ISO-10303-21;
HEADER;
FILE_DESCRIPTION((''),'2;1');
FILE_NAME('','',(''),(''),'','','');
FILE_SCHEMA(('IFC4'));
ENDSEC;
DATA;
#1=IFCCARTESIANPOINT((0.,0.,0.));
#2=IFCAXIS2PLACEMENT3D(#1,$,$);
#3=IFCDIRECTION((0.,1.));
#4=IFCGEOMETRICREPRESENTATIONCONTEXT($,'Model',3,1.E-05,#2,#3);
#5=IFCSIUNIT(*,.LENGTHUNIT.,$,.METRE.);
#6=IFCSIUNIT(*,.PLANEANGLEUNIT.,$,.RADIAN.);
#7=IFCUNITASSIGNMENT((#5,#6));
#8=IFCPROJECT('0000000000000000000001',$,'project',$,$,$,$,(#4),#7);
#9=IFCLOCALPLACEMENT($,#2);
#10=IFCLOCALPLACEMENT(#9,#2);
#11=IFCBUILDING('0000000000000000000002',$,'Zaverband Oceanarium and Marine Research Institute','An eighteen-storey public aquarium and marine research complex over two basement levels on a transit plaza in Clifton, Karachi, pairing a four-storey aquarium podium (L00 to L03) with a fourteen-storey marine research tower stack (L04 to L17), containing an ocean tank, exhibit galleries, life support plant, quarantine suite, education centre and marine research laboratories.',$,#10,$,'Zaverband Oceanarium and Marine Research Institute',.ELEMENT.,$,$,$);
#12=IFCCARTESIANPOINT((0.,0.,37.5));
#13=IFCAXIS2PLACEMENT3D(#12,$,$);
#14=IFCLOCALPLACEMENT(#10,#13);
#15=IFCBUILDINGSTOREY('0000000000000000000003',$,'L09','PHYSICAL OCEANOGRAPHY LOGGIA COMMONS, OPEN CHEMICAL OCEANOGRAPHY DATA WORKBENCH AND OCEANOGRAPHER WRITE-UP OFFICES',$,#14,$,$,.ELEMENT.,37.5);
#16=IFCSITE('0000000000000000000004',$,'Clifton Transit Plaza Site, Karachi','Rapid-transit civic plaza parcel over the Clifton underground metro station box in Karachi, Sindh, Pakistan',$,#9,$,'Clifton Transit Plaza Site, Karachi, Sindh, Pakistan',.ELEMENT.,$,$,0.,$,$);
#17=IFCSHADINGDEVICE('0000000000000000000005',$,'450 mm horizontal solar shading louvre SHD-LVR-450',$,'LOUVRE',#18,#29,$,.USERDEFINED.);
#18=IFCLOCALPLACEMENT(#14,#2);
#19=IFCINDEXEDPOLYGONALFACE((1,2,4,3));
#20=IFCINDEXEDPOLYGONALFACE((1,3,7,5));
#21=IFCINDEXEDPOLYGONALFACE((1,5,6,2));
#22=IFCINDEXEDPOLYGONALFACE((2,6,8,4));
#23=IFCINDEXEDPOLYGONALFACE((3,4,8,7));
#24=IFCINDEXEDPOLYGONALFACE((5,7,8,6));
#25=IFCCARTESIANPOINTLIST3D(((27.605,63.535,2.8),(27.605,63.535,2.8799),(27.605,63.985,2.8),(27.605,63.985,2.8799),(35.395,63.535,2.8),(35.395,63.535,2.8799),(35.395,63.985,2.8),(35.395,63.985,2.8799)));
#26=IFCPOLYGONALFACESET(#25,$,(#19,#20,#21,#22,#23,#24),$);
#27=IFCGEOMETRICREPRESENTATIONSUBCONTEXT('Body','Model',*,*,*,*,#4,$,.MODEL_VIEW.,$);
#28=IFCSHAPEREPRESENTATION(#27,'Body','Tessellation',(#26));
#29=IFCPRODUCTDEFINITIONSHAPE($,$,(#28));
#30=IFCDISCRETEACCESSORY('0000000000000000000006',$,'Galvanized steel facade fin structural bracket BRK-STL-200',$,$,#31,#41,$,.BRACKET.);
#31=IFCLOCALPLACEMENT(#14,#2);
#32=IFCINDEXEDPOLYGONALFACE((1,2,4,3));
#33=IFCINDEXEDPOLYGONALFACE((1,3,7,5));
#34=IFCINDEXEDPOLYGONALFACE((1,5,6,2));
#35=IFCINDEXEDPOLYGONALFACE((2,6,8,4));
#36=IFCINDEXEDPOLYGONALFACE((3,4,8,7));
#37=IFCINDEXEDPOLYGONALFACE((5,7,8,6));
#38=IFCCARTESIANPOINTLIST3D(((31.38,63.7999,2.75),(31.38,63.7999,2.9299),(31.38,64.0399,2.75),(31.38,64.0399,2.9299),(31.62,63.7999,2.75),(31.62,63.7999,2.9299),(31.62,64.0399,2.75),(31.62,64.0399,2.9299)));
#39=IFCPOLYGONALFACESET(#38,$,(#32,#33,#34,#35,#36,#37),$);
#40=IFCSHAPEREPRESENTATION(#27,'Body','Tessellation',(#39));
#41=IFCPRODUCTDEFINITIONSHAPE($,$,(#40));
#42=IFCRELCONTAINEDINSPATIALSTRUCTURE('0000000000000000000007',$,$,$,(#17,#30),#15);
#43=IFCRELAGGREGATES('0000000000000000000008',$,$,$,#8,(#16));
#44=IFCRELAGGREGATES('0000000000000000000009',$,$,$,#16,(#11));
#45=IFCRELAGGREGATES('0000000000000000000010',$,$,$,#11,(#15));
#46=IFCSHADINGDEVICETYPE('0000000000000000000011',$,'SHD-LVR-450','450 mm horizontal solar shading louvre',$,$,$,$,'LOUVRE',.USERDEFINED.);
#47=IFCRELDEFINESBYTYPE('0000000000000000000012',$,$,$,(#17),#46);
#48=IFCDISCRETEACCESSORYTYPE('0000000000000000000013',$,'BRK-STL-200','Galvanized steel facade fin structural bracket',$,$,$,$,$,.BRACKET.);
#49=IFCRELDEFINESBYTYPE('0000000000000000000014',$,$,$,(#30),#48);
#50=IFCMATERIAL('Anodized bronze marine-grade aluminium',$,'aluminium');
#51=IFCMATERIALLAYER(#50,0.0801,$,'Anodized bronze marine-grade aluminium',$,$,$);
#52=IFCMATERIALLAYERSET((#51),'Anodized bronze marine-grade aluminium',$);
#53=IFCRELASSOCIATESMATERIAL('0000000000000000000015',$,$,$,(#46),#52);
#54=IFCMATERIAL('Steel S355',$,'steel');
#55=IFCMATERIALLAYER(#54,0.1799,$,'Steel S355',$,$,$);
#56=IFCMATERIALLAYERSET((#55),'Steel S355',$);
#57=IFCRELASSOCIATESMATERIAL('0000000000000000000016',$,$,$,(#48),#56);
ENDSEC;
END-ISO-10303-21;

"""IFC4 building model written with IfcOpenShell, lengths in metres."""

from ifc_helpers import new_model, si_unit, direction, frame, frame_2d, origin, origin_2d, place, context, subcontext, project, spatial, rectangle, extrude, material, layer, layer_set, type_object, element, save


model = new_model("IFC4")

# Units and contexts
model_context = context("Model", 3, precision=1e-05, world=origin(), true_north=direction((0.0, 1.0)))
body_context = subcontext(model_context, "Body", "Model", "MODEL_VIEW")
ifc_project = project(units=[si_unit("LENGTHUNIT", "METRE"), si_unit("PLANEANGLEUNIT", "RADIAN")], contexts=[model_context])

# Site, building, storey
site_placement = place(None, origin())
site = spatial("IfcSite", under=ifc_project, at=site_placement, Name="Clifton Transit Plaza Site, Karachi", Description="Rapid-transit civic plaza parcel over the Clifton underground metro station box in Karachi, Sindh, Pakistan", LongName="Clifton Transit Plaza Site, Karachi, Sindh, Pakistan", CompositionType="ELEMENT", RefElevation=0.0)
building_placement = place(site_placement, origin())
building = spatial("IfcBuilding", under=site, at=building_placement, Name="Zaverband Oceanarium and Marine Research Institute", Description="An eighteen-storey public aquarium and marine research complex over two basement levels on a transit plaza in Clifton, Karachi, pairing a four-storey aquarium podium (L00 to L03) with a fourteen-storey marine research tower stack (L04 to L17), containing an ocean tank, exhibit galleries, life support plant, quarantine suite, education centre and marine research laboratories.", LongName="Zaverband Oceanarium and Marine Research Institute", CompositionType="ELEMENT")
storey_placement = place(building_placement, frame((0.0, 0.0, 37.5)))
storey = spatial("IfcBuildingStorey", under=building, at=storey_placement, Name="L09", Description="PHYSICAL OCEANOGRAPHY LOGGIA COMMONS, OPEN CHEMICAL OCEANOGRAPHY DATA WORKBENCH AND OCEANOGRAPHER WRITE-UP OFFICES", CompositionType="ELEMENT", Elevation=37.5)

# Shading device
ifc_material_1 = material(Name="Anodized bronze marine-grade aluminium", Category="aluminium")
ifc_layer_1 = layer(ifc_material_1, 0.0801, Name="Anodized bronze marine-grade aluminium")
ifc_layer_set_1 = layer_set([ifc_layer_1], Name="Anodized bronze marine-grade aluminium")
shading_device_type = type_object("IfcShadingDeviceType", Name="SHD-LVR-450", Description="450 mm horizontal solar shading louvre", ElementType="LOUVRE", PredefinedType="USERDEFINED", material=ifc_layer_set_1)
shading_device_placement = place(storey_placement, frame((27.605, 63.76, 2.8), z_axis=(0.0, 0.0, 1.0), x_axis=(1.0, 0.0, 0.0)))
element("IfcShadingDevice", 1, at=shading_device_placement, inside=storey, type_object=shading_device_type, Name="450 mm horizontal solar shading louvre SHD-LVR-450", ObjectType="LOUVRE", PredefinedType="USERDEFINED", context=body_context, shape_type="SweptSolid", body=[
    extrude(rectangle(XDim=7.79, YDim=0.45, at=frame_2d((3.895, 0.0))), origin(), (0.0, 0.0, 1.0), 0.0798),
])

# Discrete accessory
ifc_material_2 = material(Name="Steel S355", Category="steel")
ifc_layer_2 = layer(ifc_material_2, 0.1799, Name="Steel S355")
ifc_layer_set_2 = layer_set([ifc_layer_2], Name="Steel S355")
discrete_accessory_type = type_object("IfcDiscreteAccessoryType", Name="BRK-STL-200", Description="Galvanized steel facade fin structural bracket", PredefinedType="BRACKET", material=ifc_layer_set_2)
discrete_accessory_placement = place(storey_placement, frame((31.5, 63.9199, 2.75), z_axis=(0.0, 0.0, 1.0), x_axis=(1.0, 0.0, 0.0)))
element("IfcDiscreteAccessory", 2, at=discrete_accessory_placement, inside=storey, type_object=discrete_accessory_type, Name="Galvanized steel facade fin structural bracket BRK-STL-200", PredefinedType="BRACKET", context=body_context, shape_type="SweptSolid", body=[
    extrude(rectangle(XDim=0.24, YDim=0.24, at=origin_2d()), origin(), (0.0, 0.0, 1.0), 0.1799),
])

save(model, "model.ifc")
